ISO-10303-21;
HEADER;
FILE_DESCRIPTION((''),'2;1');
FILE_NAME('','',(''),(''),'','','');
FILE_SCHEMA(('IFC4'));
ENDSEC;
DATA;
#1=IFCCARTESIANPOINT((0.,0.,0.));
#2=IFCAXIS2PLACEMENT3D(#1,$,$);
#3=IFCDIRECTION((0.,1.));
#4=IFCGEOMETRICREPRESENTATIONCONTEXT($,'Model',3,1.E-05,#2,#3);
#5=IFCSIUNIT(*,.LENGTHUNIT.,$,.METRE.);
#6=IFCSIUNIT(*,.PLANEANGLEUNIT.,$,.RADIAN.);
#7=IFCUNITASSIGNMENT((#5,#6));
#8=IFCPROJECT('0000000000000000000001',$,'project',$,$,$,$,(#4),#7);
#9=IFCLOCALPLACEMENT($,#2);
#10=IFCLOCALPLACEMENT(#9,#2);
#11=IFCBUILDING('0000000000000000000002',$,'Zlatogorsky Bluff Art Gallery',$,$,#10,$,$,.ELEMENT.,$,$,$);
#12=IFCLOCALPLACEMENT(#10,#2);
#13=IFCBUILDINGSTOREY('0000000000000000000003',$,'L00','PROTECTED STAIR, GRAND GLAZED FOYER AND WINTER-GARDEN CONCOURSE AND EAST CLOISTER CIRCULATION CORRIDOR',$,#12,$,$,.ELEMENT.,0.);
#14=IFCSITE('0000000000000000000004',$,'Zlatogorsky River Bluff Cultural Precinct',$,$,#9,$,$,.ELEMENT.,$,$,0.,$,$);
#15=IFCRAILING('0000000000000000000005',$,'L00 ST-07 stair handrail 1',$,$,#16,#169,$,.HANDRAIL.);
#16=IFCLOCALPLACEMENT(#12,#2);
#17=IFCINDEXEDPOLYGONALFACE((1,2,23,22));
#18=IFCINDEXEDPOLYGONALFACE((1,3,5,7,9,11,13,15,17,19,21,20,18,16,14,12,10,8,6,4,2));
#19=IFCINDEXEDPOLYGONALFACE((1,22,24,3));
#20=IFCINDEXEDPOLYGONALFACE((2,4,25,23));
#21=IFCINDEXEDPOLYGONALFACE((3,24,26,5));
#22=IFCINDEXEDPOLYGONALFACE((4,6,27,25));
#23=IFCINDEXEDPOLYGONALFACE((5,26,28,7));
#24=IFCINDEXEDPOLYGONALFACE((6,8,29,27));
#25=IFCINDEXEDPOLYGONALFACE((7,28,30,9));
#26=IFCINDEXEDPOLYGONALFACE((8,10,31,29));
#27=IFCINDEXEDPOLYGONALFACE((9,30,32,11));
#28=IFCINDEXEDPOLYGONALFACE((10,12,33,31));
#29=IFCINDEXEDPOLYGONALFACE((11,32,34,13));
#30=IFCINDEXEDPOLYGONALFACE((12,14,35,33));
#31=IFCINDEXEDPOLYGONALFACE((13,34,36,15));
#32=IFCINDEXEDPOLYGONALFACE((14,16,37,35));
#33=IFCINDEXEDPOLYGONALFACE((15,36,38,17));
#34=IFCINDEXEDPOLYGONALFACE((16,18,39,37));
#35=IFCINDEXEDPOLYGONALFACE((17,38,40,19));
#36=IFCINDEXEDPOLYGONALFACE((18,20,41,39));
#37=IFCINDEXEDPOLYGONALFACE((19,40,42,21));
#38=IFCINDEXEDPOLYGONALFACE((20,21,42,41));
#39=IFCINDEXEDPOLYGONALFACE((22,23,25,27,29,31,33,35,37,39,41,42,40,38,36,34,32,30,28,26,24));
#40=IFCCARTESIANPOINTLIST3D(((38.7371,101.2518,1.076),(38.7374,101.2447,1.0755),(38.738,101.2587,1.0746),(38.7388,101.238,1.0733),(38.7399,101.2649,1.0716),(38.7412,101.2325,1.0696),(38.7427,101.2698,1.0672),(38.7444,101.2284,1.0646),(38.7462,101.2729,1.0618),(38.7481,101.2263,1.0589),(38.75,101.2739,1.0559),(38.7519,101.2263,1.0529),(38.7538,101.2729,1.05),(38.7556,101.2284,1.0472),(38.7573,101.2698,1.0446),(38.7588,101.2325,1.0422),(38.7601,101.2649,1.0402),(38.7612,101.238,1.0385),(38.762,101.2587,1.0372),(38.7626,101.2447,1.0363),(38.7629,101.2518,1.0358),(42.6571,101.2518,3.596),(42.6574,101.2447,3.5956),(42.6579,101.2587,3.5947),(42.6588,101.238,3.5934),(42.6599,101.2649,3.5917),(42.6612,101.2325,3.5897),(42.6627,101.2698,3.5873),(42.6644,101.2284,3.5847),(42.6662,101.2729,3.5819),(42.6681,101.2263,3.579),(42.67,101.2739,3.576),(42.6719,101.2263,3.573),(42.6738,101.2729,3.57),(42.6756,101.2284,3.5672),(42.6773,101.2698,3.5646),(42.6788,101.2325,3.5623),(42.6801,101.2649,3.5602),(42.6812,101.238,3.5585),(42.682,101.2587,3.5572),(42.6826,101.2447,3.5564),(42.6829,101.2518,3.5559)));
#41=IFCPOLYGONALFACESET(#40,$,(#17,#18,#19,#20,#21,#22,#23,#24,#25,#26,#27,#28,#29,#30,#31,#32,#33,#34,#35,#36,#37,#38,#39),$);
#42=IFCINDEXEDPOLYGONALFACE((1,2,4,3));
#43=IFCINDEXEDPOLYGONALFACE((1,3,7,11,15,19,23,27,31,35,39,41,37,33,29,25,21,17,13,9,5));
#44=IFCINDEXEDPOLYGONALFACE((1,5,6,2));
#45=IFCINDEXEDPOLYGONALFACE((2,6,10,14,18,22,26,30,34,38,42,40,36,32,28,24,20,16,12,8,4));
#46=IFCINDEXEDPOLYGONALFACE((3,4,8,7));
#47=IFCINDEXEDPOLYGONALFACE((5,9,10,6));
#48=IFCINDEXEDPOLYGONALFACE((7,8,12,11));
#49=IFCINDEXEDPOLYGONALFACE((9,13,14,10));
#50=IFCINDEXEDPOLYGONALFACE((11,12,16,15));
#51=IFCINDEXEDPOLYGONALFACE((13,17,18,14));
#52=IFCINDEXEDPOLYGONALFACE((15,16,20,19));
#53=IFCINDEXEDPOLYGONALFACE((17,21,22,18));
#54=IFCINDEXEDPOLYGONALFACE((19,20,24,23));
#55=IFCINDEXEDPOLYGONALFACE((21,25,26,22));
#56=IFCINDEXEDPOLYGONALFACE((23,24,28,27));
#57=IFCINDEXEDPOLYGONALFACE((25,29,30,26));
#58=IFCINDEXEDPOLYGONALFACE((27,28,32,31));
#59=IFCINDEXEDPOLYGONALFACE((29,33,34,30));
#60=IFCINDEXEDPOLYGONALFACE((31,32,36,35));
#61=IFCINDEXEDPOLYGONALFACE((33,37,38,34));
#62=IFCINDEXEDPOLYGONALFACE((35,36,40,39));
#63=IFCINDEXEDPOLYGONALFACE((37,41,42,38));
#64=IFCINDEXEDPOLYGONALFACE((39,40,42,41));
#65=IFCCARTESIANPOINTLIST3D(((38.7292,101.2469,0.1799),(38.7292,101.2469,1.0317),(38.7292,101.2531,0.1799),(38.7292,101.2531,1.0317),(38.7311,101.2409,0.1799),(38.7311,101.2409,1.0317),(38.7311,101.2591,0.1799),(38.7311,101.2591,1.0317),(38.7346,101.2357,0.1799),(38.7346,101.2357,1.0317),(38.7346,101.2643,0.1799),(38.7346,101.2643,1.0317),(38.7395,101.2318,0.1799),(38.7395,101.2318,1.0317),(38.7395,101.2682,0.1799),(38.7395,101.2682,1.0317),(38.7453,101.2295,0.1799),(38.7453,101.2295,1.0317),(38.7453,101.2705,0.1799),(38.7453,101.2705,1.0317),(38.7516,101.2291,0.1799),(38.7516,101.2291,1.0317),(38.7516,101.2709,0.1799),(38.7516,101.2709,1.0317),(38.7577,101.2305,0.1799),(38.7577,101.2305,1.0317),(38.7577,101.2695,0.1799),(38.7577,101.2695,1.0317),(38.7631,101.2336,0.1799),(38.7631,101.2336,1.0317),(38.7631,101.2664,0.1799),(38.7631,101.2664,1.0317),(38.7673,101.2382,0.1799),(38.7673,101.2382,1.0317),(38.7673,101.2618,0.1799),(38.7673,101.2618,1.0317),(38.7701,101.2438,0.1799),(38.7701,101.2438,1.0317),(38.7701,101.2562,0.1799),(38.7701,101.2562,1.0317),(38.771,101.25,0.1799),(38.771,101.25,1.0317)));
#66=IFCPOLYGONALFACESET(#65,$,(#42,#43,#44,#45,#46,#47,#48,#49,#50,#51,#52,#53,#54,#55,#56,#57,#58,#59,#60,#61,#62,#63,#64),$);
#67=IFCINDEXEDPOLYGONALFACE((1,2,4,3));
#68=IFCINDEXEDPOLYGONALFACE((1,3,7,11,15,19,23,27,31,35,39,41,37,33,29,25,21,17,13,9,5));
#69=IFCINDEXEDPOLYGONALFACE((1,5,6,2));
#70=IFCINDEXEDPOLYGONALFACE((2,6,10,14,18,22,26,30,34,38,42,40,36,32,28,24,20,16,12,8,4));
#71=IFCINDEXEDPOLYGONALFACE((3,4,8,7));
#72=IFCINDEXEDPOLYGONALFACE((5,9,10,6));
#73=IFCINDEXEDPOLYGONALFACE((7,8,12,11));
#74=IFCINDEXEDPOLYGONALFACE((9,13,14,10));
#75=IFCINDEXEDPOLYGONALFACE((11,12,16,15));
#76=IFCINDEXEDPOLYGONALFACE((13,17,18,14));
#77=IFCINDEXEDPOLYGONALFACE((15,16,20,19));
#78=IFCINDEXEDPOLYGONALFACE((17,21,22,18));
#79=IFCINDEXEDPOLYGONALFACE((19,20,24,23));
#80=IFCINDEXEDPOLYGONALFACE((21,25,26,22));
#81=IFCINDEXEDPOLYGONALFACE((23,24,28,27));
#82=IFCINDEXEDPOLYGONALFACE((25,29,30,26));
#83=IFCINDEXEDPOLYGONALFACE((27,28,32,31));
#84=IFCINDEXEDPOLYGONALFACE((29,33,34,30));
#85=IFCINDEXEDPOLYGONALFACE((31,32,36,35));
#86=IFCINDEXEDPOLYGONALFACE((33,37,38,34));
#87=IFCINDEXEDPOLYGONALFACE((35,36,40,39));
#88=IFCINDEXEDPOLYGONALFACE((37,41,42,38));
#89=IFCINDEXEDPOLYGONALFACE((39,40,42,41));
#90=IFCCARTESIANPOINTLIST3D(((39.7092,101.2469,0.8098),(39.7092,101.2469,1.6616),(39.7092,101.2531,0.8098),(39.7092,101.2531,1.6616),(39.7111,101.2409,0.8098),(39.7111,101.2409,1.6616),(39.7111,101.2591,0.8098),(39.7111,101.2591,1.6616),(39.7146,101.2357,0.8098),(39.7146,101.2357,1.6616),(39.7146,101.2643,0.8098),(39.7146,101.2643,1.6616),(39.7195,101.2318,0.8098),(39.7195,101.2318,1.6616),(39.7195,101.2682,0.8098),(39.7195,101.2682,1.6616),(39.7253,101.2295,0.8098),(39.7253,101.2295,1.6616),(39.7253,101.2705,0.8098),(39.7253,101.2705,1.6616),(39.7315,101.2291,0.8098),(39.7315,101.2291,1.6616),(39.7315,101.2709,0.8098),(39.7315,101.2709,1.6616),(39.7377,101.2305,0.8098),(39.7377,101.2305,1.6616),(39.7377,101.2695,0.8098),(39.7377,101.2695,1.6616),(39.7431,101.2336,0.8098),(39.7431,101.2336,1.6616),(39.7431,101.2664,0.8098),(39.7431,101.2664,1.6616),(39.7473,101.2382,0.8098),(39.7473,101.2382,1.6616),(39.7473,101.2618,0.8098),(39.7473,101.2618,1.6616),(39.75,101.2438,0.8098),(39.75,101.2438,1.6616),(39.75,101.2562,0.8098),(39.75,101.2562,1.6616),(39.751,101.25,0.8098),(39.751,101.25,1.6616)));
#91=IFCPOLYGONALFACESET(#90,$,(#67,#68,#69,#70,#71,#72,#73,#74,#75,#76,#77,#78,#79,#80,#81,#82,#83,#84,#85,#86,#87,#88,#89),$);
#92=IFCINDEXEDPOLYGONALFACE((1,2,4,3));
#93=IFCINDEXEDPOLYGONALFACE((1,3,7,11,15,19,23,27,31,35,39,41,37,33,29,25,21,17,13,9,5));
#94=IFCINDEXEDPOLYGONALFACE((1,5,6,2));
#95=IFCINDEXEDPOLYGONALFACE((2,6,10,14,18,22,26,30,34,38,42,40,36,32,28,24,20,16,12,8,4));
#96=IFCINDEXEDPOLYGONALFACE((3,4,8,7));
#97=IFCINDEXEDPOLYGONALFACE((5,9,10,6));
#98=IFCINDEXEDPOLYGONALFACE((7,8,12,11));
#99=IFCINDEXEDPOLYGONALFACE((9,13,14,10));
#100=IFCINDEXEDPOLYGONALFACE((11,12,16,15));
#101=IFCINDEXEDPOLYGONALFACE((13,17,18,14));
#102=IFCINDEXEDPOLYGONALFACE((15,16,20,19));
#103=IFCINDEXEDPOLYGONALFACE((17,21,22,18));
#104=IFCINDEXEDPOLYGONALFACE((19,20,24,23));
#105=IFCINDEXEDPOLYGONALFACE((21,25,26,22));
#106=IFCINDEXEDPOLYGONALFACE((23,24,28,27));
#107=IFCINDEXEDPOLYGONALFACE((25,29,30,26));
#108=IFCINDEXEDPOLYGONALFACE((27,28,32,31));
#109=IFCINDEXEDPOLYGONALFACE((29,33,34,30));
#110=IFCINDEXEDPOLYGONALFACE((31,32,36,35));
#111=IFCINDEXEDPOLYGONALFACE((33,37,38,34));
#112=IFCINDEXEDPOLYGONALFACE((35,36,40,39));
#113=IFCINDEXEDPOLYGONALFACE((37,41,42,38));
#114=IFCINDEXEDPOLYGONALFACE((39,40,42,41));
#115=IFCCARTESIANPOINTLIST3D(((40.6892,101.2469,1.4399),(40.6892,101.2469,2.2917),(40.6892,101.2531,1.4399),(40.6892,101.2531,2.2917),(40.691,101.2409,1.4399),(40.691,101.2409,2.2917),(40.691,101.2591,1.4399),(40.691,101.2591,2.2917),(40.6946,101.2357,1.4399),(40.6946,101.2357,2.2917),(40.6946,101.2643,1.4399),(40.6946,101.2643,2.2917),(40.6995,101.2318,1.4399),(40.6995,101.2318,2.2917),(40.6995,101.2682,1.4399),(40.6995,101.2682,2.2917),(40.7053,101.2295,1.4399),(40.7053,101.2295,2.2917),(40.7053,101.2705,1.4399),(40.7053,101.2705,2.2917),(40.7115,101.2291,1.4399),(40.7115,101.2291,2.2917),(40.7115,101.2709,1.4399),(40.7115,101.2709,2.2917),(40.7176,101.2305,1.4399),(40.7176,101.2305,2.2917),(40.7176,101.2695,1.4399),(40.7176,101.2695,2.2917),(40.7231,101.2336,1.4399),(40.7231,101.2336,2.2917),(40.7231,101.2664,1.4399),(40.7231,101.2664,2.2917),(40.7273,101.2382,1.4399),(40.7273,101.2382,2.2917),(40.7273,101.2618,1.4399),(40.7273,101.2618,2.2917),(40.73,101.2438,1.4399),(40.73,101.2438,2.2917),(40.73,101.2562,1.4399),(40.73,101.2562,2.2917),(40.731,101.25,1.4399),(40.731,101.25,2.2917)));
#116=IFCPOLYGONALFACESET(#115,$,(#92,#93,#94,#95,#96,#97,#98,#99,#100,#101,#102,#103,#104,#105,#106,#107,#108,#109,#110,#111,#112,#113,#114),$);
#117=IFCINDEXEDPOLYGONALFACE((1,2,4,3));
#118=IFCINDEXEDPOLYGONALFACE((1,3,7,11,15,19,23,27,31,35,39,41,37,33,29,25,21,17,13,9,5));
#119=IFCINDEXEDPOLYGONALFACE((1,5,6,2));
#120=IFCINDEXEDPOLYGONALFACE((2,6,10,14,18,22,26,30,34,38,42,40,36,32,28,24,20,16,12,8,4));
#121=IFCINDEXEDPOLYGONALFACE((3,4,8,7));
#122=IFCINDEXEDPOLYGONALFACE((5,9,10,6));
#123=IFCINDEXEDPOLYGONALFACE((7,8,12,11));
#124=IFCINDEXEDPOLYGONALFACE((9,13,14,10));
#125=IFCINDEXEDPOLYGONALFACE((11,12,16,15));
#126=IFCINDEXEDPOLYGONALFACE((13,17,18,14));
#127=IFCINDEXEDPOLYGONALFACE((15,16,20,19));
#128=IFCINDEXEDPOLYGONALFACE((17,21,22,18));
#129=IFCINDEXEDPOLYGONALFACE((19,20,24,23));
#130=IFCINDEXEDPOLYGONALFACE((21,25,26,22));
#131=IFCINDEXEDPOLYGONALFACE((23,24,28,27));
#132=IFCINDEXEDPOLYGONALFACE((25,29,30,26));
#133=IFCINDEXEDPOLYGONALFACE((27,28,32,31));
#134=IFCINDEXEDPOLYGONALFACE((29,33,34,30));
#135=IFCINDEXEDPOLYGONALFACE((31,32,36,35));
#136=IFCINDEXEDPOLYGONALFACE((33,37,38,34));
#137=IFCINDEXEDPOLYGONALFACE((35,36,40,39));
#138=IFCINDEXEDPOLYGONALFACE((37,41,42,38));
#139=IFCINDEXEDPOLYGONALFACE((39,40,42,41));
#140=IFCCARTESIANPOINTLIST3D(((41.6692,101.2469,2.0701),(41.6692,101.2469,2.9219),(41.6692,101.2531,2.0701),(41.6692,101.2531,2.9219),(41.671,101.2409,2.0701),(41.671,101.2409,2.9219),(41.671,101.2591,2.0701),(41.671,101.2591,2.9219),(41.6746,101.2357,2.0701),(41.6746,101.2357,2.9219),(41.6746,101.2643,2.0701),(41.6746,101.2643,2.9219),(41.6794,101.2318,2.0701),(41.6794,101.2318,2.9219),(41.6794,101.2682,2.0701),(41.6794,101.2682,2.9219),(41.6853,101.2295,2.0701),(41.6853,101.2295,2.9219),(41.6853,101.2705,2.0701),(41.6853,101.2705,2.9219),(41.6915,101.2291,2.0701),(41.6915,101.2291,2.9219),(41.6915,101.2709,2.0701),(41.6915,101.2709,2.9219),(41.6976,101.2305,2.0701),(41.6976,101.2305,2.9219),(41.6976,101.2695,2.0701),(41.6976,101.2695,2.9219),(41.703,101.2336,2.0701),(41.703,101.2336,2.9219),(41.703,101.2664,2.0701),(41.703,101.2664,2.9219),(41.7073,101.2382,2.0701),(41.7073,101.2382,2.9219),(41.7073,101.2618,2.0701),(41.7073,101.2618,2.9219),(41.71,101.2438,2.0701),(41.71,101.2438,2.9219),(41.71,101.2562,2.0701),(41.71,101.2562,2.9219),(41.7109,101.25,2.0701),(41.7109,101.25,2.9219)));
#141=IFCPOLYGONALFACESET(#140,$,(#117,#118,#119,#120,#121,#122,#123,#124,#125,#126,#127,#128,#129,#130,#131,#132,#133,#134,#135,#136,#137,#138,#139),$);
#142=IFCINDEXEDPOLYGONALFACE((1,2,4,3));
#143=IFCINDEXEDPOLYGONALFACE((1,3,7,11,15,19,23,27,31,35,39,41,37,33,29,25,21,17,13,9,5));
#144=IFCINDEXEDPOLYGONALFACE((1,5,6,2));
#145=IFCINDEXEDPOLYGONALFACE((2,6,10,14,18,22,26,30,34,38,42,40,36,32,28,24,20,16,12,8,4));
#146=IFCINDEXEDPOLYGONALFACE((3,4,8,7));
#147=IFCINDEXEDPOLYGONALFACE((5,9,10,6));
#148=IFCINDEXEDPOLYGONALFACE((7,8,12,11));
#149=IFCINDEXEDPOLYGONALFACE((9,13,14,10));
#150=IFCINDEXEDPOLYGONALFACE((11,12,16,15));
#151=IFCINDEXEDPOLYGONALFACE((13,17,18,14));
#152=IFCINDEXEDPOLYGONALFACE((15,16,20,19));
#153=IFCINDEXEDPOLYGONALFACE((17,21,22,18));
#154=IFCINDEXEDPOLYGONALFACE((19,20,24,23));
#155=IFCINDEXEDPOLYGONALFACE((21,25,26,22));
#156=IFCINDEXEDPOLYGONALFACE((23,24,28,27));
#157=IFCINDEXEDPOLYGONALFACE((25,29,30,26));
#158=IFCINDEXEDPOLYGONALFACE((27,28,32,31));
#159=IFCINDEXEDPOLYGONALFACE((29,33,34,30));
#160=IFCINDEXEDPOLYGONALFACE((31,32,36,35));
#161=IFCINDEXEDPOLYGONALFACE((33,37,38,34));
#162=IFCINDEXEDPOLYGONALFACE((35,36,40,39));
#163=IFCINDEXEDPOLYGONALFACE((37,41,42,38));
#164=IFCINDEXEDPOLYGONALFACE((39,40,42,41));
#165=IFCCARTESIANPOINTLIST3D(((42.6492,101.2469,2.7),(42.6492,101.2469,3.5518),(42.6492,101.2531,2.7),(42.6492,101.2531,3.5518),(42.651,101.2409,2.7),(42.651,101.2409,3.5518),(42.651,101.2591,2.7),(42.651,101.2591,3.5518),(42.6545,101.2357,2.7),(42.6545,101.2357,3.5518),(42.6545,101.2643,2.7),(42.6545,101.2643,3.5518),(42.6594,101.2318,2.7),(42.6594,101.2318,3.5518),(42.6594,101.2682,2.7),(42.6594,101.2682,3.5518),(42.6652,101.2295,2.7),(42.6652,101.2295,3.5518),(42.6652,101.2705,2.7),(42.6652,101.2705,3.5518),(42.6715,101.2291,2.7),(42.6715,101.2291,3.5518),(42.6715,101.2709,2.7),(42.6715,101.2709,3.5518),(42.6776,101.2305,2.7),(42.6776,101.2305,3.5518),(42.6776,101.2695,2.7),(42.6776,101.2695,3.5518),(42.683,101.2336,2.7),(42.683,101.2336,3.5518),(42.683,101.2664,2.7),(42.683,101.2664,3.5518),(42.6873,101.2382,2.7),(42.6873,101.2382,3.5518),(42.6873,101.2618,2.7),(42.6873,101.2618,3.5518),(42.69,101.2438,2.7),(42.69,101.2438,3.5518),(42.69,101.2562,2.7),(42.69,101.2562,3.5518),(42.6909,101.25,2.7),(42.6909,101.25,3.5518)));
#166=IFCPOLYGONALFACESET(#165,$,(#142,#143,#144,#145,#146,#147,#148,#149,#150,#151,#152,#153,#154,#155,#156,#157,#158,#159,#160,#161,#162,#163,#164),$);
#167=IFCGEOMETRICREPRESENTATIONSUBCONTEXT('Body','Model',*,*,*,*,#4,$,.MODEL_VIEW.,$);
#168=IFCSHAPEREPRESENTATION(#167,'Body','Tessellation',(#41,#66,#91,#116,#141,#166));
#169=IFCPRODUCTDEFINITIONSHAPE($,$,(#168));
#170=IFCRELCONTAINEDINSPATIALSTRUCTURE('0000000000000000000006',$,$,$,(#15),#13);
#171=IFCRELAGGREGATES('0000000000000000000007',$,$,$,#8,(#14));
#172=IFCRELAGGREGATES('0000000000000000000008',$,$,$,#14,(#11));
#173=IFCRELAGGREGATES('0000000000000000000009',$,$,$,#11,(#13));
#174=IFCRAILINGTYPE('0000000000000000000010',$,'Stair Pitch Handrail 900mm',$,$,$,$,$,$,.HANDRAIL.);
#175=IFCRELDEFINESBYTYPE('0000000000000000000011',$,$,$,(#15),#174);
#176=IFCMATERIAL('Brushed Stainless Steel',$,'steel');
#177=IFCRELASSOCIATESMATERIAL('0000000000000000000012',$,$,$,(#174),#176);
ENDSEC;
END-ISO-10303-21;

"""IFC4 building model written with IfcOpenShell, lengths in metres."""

from ifc_helpers import new_model, si_unit, direction, frame, origin, origin_2d, place, context, subcontext, project, spatial, circle, extrude, material, type_object, element, save


model = new_model("IFC4")

# Units and contexts
model_context = context("Model", 3, precision=1e-05, world=origin(), true_north=direction((0.0, 1.0)))
body_context = subcontext(model_context, "Body", "Model", "MODEL_VIEW")
ifc_project = project(units=[si_unit("LENGTHUNIT", "METRE"), si_unit("PLANEANGLEUNIT", "RADIAN")], contexts=[model_context])

# Site, building, storey
site_placement = place(None, origin())
site = spatial("IfcSite", under=ifc_project, at=site_placement, Name="Zlatogorsky River Bluff Cultural Precinct", CompositionType="ELEMENT", RefElevation=0.0)
building_placement = place(site_placement, origin())
building = spatial("IfcBuilding", under=site, at=building_placement, Name="Zlatogorsky Bluff Art Gallery", CompositionType="ELEMENT")
storey_placement = place(building_placement, origin())
storey = spatial("IfcBuildingStorey", under=building, at=storey_placement, Name="L00", Description="PROTECTED STAIR, GRAND GLAZED FOYER AND WINTER-GARDEN CONCOURSE AND EAST CLOISTER CIRCULATION CORRIDOR", CompositionType="ELEMENT", Elevation=0.0)

# Railing
ifc_material_1 = material(Name="Brushed Stainless Steel", Category="steel")
railing_type_1 = type_object("IfcRailingType", Name="Stair Pitch Handrail 900mm", PredefinedType="HANDRAIL", material=ifc_material_1)
railing_1_placement = place(storey_placement, frame((38.75, 101.25, 0.1799)))
element("IfcRailing", 1, at=railing_1_placement, inside=storey, type_object=railing_type_1, Name="L00 ST-07 stair handrail 1", PredefinedType="HANDRAIL", context=body_context, shape_type="SweptSolid", body=[
    extrude(circle(Radius=0.0239, at=origin_2d()), frame((0.0, 0.0, 0.876), z_axis=(0.841172, 0.0, 0.540768), x_axis=(0.0, 1.0, 0.0)), (0.0, 0.0, 1.0), 4.6602),
    extrude(circle(Radius=0.021, at=origin_2d()), origin(), (0.0, 0.0, 1.0), 0.8518),
    extrude(circle(Radius=0.021, at=origin_2d()), frame((0.98, 0.0, 0.6299)), (0.0, 0.0, 1.0), 0.8518),
    extrude(circle(Radius=0.021, at=origin_2d()), frame((1.96, 0.0, 1.26)), (0.0, 0.0, 1.0), 0.8518),
    extrude(circle(Radius=0.021, at=origin_2d()), frame((2.9399, 0.0, 1.8901)), (0.0, 0.0, 1.0), 0.8518),
    extrude(circle(Radius=0.021, at=origin_2d()), frame((3.9199, 0.0, 2.52)), (0.0, 0.0, 1.0), 0.8518),
])

save(model, "model.ifc")
